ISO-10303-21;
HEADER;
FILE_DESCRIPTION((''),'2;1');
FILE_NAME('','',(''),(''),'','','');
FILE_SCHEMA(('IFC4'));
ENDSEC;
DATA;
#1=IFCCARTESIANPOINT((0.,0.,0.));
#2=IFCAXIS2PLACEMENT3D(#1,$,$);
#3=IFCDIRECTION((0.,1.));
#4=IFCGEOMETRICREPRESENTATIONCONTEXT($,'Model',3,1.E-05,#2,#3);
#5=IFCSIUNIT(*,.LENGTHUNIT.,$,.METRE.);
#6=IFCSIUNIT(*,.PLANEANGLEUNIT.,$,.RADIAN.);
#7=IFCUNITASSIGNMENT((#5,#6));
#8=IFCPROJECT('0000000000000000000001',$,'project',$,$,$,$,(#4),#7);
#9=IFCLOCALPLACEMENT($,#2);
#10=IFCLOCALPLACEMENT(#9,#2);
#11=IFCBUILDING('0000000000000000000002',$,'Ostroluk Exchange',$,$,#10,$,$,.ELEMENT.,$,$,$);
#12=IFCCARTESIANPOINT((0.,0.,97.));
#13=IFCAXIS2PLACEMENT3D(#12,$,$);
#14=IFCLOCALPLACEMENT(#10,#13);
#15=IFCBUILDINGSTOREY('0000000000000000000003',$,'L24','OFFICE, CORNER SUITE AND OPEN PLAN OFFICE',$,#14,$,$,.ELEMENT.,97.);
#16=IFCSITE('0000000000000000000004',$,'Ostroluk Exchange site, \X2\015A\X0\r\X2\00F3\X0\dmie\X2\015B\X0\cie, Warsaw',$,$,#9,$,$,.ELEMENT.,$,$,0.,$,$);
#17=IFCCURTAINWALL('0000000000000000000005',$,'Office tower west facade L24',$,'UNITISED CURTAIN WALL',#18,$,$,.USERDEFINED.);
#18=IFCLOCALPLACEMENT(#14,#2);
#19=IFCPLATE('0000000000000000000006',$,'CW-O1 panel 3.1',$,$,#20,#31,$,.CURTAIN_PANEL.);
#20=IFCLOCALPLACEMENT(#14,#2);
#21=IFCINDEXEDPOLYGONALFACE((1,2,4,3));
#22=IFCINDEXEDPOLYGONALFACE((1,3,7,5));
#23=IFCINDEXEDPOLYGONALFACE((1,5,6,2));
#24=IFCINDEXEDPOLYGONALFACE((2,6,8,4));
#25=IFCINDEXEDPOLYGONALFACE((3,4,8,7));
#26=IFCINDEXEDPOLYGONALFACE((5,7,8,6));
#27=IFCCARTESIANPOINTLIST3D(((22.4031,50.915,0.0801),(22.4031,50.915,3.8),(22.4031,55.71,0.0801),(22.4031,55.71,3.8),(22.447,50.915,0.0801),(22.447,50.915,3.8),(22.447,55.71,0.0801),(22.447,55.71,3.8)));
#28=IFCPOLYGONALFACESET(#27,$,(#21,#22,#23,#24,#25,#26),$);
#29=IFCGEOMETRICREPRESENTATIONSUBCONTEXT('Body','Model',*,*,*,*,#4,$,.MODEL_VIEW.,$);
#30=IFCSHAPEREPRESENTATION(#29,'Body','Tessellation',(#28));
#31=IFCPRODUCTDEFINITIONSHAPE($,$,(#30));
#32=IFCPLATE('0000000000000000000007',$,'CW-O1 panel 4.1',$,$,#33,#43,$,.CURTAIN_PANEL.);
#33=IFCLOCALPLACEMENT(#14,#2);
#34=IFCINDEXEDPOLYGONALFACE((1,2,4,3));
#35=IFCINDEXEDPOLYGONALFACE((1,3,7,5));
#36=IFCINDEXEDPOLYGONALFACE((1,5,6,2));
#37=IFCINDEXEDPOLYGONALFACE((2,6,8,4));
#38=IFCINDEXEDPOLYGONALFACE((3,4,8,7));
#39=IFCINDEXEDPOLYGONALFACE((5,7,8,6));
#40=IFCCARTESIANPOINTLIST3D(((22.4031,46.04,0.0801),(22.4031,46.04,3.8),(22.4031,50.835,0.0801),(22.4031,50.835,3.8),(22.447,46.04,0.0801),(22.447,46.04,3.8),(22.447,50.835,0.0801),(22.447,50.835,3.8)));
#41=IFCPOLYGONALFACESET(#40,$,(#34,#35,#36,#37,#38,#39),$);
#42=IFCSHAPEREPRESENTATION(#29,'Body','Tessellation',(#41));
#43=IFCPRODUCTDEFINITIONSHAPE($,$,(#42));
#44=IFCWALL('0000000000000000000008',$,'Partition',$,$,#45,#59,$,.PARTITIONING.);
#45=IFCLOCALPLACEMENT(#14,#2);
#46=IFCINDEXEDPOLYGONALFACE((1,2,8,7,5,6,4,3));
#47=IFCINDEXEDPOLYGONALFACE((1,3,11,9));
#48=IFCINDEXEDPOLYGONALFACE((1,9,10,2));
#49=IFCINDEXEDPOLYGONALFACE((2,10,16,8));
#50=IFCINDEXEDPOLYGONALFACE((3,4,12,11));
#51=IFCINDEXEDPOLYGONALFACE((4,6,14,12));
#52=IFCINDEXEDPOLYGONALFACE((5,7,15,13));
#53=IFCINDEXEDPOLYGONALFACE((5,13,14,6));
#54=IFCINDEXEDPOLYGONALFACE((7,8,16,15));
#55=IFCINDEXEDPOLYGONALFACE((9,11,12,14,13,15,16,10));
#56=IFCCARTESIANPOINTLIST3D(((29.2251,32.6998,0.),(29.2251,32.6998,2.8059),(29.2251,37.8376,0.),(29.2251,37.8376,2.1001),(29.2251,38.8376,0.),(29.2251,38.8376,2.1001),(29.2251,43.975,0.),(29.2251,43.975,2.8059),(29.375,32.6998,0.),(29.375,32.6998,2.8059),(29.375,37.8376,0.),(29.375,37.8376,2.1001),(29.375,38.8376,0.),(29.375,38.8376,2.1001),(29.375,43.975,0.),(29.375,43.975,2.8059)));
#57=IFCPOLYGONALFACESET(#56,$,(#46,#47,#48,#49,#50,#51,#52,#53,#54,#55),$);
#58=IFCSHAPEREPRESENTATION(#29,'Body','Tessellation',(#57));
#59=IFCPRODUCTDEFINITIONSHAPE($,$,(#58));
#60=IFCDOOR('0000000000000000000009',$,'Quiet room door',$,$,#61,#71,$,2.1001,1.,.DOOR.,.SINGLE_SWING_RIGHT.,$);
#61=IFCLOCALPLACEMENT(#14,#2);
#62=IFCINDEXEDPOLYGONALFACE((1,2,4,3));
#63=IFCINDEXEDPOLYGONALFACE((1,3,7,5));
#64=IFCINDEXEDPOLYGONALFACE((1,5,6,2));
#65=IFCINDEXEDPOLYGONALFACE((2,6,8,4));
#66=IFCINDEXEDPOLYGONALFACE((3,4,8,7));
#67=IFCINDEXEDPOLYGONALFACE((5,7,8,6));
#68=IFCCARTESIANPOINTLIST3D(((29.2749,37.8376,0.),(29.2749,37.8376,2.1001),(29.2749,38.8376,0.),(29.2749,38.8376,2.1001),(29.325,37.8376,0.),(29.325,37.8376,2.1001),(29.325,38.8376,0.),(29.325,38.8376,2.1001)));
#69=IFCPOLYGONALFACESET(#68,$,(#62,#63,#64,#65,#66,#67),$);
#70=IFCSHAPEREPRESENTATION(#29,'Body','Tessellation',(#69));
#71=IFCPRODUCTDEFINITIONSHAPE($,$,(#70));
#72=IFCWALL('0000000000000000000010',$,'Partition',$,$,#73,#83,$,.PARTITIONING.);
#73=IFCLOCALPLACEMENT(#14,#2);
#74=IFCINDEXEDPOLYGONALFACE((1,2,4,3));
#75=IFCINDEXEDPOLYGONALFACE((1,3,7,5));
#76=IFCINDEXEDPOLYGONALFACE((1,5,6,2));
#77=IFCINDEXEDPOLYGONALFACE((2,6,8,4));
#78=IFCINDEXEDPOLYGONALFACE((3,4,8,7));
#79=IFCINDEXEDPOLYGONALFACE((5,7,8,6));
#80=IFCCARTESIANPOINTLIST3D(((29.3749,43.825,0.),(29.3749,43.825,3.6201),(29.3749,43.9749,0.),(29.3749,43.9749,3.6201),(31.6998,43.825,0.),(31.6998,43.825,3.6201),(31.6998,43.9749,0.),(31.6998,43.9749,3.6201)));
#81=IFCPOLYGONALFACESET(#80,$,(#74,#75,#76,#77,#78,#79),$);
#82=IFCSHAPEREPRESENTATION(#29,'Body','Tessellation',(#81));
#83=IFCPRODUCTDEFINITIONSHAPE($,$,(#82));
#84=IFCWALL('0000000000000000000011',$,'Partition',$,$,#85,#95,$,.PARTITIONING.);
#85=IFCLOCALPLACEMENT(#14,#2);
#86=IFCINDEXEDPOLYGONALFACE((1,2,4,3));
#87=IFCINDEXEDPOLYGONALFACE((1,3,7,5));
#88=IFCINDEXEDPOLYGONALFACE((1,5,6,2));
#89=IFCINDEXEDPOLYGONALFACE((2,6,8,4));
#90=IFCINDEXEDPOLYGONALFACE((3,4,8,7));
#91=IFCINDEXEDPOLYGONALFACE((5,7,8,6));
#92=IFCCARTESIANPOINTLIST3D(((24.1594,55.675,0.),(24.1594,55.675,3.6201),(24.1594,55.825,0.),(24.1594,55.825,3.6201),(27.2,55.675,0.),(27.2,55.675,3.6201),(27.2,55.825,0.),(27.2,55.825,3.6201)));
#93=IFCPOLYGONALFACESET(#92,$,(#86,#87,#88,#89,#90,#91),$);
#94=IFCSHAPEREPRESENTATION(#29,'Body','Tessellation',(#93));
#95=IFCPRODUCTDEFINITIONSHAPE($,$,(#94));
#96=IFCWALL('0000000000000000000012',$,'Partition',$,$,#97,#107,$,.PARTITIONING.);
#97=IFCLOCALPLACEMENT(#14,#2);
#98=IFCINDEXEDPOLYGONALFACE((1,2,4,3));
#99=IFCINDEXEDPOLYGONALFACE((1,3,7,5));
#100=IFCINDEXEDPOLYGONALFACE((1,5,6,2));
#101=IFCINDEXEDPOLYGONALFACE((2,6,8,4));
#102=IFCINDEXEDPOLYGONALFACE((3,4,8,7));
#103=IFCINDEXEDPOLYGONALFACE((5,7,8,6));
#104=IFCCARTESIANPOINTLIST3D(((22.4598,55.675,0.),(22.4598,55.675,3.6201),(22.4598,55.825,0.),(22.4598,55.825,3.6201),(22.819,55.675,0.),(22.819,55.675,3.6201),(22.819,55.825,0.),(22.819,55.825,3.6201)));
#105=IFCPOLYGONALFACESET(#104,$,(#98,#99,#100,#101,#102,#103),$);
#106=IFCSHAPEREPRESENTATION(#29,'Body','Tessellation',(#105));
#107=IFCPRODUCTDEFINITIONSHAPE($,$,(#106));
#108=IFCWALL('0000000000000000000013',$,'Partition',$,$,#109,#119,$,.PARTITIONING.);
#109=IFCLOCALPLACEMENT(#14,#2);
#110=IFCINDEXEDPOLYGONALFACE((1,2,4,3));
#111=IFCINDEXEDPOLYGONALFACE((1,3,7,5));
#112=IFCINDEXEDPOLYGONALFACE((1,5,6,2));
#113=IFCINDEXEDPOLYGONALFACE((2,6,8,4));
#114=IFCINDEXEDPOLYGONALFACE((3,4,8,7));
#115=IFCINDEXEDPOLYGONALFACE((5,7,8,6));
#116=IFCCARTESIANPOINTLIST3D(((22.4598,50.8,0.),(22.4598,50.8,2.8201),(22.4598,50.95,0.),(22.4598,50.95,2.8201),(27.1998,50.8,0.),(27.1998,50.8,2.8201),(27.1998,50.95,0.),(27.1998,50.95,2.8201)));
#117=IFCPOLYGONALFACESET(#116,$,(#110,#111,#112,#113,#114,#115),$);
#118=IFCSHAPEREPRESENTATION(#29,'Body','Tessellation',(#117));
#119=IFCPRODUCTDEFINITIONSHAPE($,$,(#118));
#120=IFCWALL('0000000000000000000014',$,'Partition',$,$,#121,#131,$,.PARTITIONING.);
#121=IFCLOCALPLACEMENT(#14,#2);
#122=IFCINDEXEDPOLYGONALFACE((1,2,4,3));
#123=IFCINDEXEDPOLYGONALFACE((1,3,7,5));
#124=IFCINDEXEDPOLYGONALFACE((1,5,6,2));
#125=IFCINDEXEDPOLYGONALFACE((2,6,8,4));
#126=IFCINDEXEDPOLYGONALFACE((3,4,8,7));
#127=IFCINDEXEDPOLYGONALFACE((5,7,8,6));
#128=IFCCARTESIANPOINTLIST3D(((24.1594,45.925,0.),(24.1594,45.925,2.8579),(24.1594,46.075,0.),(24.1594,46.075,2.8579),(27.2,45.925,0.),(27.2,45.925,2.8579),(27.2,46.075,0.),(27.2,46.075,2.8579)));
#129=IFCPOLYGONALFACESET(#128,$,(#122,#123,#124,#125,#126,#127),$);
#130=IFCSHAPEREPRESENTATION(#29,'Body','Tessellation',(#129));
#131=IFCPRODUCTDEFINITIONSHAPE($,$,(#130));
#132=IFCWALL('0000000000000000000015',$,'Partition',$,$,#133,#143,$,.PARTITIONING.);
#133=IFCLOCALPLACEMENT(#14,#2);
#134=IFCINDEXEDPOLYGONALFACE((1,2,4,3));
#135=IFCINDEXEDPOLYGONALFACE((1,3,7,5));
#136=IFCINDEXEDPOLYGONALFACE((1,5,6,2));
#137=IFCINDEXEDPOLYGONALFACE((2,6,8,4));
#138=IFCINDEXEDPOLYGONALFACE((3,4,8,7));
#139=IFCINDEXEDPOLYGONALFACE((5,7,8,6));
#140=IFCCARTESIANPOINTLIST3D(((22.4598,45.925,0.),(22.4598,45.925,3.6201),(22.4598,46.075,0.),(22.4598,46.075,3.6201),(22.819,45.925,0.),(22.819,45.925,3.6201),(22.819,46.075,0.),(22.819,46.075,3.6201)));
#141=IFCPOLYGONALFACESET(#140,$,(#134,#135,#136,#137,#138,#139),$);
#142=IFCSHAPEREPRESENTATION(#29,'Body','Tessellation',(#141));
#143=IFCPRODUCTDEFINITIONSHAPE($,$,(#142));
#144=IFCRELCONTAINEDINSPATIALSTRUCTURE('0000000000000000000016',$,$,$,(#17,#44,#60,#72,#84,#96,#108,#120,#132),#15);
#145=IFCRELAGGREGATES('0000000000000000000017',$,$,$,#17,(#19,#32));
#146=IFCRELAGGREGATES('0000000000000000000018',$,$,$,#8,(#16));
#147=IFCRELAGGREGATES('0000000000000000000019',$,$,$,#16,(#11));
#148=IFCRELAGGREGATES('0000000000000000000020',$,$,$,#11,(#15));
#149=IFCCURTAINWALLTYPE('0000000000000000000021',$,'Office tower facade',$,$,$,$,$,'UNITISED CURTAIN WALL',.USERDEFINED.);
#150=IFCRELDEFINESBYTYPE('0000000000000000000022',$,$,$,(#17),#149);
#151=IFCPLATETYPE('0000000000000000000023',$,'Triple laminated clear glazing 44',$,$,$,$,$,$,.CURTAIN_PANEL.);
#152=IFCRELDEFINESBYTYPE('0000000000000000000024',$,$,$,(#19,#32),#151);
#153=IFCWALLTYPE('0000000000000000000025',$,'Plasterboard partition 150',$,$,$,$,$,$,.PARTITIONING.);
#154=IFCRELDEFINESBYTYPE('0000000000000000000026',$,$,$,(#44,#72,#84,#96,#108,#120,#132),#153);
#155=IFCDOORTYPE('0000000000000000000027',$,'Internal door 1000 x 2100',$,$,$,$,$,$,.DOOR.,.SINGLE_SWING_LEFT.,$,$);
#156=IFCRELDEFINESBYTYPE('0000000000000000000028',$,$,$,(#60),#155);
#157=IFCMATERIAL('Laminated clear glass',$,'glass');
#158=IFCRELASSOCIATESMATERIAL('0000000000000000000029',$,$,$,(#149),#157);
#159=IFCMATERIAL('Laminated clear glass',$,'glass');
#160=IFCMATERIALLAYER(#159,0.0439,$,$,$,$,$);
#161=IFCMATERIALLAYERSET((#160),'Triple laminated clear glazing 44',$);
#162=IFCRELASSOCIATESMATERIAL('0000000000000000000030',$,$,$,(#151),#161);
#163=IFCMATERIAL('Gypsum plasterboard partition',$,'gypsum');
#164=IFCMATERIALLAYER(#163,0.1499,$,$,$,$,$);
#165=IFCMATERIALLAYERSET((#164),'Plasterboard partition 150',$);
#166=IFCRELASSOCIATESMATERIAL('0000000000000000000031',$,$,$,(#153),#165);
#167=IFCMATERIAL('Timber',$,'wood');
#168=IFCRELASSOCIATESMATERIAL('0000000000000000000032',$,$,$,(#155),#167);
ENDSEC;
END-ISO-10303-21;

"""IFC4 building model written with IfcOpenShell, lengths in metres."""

from ifc_helpers import new_model, si_unit, direction, frame, frame_2d, origin, origin_2d, place, context, subcontext, project, spatial, rectangle, extrude, material, layer, layer_set, type_object, element, fill, aggregate, save


model = new_model("IFC4")

# Units and contexts
model_context = context("Model", 3, precision=1e-05, world=origin(), true_north=direction((0.0, 1.0)))
body_context = subcontext(model_context, "Body", "Model", "MODEL_VIEW")
ifc_project = project(units=[si_unit("LENGTHUNIT", "METRE"), si_unit("PLANEANGLEUNIT", "RADIAN")], contexts=[model_context])

# Site, building, storey
site_placement = place(None, origin())
site = spatial("IfcSite", under=ifc_project, at=site_placement, Name="Ostroluk Exchange site, Śródmieście, Warsaw", CompositionType="ELEMENT", RefElevation=0.0)
building_placement = place(site_placement, origin())
building = spatial("IfcBuilding", under=site, at=building_placement, Name="Ostroluk Exchange", CompositionType="ELEMENT")
storey_placement = place(building_placement, frame((0.0, 0.0, 97.0)))
storey = spatial("IfcBuildingStorey", under=building, at=storey_placement, Name="L24", Description="OFFICE, CORNER SUITE AND OPEN PLAN OFFICE", CompositionType="ELEMENT", Elevation=97.0)

# Curtain wall, plates
ifc_material_1 = material(Name="Laminated clear glass", Category="glass")
curtain_wall_type = type_object("IfcCurtainWallType", Name="Office tower facade", ElementType="UNITISED CURTAIN WALL", PredefinedType="USERDEFINED", material=ifc_material_1)
curtain_wall_placement = place(storey_placement, origin())
curtain_wall = element("IfcCurtainWall", 1, at=curtain_wall_placement, inside=storey, type_object=curtain_wall_type, Name="Office tower west facade L24", ObjectType="UNITISED CURTAIN WALL", PredefinedType="USERDEFINED")
ifc_material_2 = material(Name="Laminated clear glass", Category="glass")
ifc_layer_1 = layer(ifc_material_2, 0.0439)
ifc_layer_set_1 = layer_set([ifc_layer_1], Name="Triple laminated clear glazing 44")
plate_type = type_object("IfcPlateType", Name="Triple laminated clear glazing 44", PredefinedType="CURTAIN_PANEL", material=ifc_layer_set_1)
plate_1_placement = place(storey_placement, frame((22.425, 53.3125, 0.0801), z_axis=(0.0, 0.0, 1.0), x_axis=(0.0, -1.0, 0.0)))
plate_1 = element("IfcPlate", 2, at=plate_1_placement, type_object=plate_type, Name="CW-O1 panel 3.1", PredefinedType="CURTAIN_PANEL", context=body_context, shape_type="SweptSolid", body=[
    extrude(rectangle(XDim=4.7949, YDim=0.0439, at=origin_2d()), origin(), (0.0, 0.0, 1.0), 3.72),
])
plate_2_placement = place(storey_placement, frame((22.425, 48.4375, 0.0801), z_axis=(0.0, 0.0, 1.0), x_axis=(0.0, -1.0, 0.0)))
plate_2 = element("IfcPlate", 3, at=plate_2_placement, type_object=plate_type, Name="CW-O1 panel 4.1", PredefinedType="CURTAIN_PANEL", context=body_context, shape_type="SweptSolid", body=[
    extrude(rectangle(XDim=4.7949, YDim=0.0439, at=origin_2d()), origin(), (0.0, 0.0, 1.0), 3.72),
])
aggregate(curtain_wall, [plate_1, plate_2])

# Wall, opening, door
ifc_material_3 = material(Name="Gypsum plasterboard partition", Category="gypsum")
ifc_layer_2 = layer(ifc_material_3, 0.1499)
ifc_layer_set_2 = layer_set([ifc_layer_2], Name="Plasterboard partition 150")
wall_type = type_object("IfcWallType", Name="Plasterboard partition 150", PredefinedType="PARTITIONING", material=ifc_layer_set_2)
wall_1_placement = place(storey_placement, frame((29.3, 43.9751, 0.0), z_axis=(0.0, 0.0, 1.0), x_axis=(0.0, -1.0, 0.0)))
wall_1 = element("IfcWall", 4, at=wall_1_placement, inside=storey, type_object=wall_type, Name="Partition", PredefinedType="PARTITIONING", context=body_context, shape_type="SweptSolid", body=[
    extrude(rectangle(XDim=11.2751, YDim=0.1499, at=frame_2d((5.6377, 0.0))), origin(), (0.0, 0.0, 1.0), 2.8059),
])
opening_placement = place(wall_1_placement, frame((5.1375, 0.0, 0.0)))
opening = element("IfcOpeningElement", 5, at=opening_placement, cuts=wall_1, PredefinedType="OPENING", context=body_context, shape_type="SweptSolid", body=[
    extrude(rectangle(XDim=1.0, YDim=2.1001, at=frame_2d((0.5, 1.05))), frame((0.0, 0.085, 0.0), z_axis=(0.0, -1.0, 0.0), x_axis=(1.0, 0.0, 0.0)), (0.0, 0.0, 1.0), 0.1699),
])
ifc_material_4 = material(Name="Timber", Category="wood")
door_type = type_object("IfcDoorType", Name="Internal door 1000 x 2100", OperationType="SINGLE_SWING_LEFT", PredefinedType="DOOR", material=ifc_material_4)
door_placement = place(opening_placement, origin())
door = element("IfcDoor", 6, at=door_placement, inside=storey, type_object=door_type, Name="Quiet room door", OperationType="SINGLE_SWING_RIGHT", OverallHeight=2.1001, OverallWidth=1.0, PredefinedType="DOOR", context=body_context, shape_type="SweptSolid", body=[
    extrude(rectangle(XDim=1.0, YDim=2.1001, at=frame_2d((0.5, 1.05))), frame((0.0, 0.0249, 0.0), z_axis=(0.0, -1.0, 0.0), x_axis=(1.0, 0.0, 0.0)), (0.0, 0.0, 1.0), 0.05),
])
fill(opening, door)

# Walls
wall_2_placement = place(storey_placement, frame((31.7, 43.8999, 0.0), z_axis=(0.0, 0.0, 1.0), x_axis=(-1.0, 0.0, 0.0)))
element("IfcWall", 7, at=wall_2_placement, inside=storey, type_object=wall_type, Name="Partition", PredefinedType="PARTITIONING", context=body_context, shape_type="SweptSolid", body=[
    extrude(rectangle(XDim=2.325, YDim=0.1499, at=frame_2d((1.1626, 0.0))), origin(), (0.0, 0.0, 1.0), 3.6201),
])
wall_3_placement = place(storey_placement, frame((27.2, 55.75, 0.0), z_axis=(0.0, 0.0, 1.0), x_axis=(-1.0, 0.0, 0.0)))
element("IfcWall", 8, at=wall_3_placement, inside=storey, type_object=wall_type, Name="Partition", PredefinedType="PARTITIONING", context=body_context, shape_type="SweptSolid", body=[
    extrude(rectangle(XDim=3.0405, YDim=0.1499, at=frame_2d((1.5203, 0.0))), origin(), (0.0, 0.0, 1.0), 3.6201),
])
wall_4_placement = place(storey_placement, frame((22.8191, 55.75, 0.0), z_axis=(0.0, 0.0, 1.0), x_axis=(-1.0, 0.0, 0.0)))
element("IfcWall", 9, at=wall_4_placement, inside=storey, type_object=wall_type, Name="Partition", PredefinedType="PARTITIONING", context=body_context, shape_type="SweptSolid", body=[
    extrude(rectangle(XDim=0.3591, YDim=0.1499, at=frame_2d((0.1797, 0.0))), origin(), (0.0, 0.0, 1.0), 3.6201),
])
wall_5_placement = place(storey_placement, frame((27.2, 50.875, 0.0), z_axis=(0.0, 0.0, 1.0), x_axis=(-1.0, 0.0, 0.0)))
element("IfcWall", 10, at=wall_5_placement, inside=storey, type_object=wall_type, Name="Partition", PredefinedType="PARTITIONING", context=body_context, shape_type="SweptSolid", body=[
    extrude(rectangle(XDim=4.74, YDim=0.1499, at=frame_2d((2.3701, 0.0))), origin(), (0.0, 0.0, 1.0), 2.8201),
])
wall_6_placement = place(storey_placement, frame((27.2, 46.0, 0.0), z_axis=(0.0, 0.0, 1.0), x_axis=(-1.0, 0.0, 0.0)))
element("IfcWall", 11, at=wall_6_placement, inside=storey, type_object=wall_type, Name="Partition", PredefinedType="PARTITIONING", context=body_context, shape_type="SweptSolid", body=[
    extrude(rectangle(XDim=3.0405, YDim=0.1499, at=frame_2d((1.5203, 0.0))), origin(), (0.0, 0.0, 1.0), 2.8579),
])
wall_7_placement = place(storey_placement, frame((22.8191, 46.0, 0.0), z_axis=(0.0, 0.0, 1.0), x_axis=(-1.0, 0.0, 0.0)))
element("IfcWall", 12, at=wall_7_placement, inside=storey, type_object=wall_type, Name="Partition", PredefinedType="PARTITIONING", context=body_context, shape_type="SweptSolid", body=[
    extrude(rectangle(XDim=0.3591, YDim=0.1499, at=frame_2d((0.1797, 0.0))), origin(), (0.0, 0.0, 1.0), 3.6201),
])

save(model, "model.ifc")
